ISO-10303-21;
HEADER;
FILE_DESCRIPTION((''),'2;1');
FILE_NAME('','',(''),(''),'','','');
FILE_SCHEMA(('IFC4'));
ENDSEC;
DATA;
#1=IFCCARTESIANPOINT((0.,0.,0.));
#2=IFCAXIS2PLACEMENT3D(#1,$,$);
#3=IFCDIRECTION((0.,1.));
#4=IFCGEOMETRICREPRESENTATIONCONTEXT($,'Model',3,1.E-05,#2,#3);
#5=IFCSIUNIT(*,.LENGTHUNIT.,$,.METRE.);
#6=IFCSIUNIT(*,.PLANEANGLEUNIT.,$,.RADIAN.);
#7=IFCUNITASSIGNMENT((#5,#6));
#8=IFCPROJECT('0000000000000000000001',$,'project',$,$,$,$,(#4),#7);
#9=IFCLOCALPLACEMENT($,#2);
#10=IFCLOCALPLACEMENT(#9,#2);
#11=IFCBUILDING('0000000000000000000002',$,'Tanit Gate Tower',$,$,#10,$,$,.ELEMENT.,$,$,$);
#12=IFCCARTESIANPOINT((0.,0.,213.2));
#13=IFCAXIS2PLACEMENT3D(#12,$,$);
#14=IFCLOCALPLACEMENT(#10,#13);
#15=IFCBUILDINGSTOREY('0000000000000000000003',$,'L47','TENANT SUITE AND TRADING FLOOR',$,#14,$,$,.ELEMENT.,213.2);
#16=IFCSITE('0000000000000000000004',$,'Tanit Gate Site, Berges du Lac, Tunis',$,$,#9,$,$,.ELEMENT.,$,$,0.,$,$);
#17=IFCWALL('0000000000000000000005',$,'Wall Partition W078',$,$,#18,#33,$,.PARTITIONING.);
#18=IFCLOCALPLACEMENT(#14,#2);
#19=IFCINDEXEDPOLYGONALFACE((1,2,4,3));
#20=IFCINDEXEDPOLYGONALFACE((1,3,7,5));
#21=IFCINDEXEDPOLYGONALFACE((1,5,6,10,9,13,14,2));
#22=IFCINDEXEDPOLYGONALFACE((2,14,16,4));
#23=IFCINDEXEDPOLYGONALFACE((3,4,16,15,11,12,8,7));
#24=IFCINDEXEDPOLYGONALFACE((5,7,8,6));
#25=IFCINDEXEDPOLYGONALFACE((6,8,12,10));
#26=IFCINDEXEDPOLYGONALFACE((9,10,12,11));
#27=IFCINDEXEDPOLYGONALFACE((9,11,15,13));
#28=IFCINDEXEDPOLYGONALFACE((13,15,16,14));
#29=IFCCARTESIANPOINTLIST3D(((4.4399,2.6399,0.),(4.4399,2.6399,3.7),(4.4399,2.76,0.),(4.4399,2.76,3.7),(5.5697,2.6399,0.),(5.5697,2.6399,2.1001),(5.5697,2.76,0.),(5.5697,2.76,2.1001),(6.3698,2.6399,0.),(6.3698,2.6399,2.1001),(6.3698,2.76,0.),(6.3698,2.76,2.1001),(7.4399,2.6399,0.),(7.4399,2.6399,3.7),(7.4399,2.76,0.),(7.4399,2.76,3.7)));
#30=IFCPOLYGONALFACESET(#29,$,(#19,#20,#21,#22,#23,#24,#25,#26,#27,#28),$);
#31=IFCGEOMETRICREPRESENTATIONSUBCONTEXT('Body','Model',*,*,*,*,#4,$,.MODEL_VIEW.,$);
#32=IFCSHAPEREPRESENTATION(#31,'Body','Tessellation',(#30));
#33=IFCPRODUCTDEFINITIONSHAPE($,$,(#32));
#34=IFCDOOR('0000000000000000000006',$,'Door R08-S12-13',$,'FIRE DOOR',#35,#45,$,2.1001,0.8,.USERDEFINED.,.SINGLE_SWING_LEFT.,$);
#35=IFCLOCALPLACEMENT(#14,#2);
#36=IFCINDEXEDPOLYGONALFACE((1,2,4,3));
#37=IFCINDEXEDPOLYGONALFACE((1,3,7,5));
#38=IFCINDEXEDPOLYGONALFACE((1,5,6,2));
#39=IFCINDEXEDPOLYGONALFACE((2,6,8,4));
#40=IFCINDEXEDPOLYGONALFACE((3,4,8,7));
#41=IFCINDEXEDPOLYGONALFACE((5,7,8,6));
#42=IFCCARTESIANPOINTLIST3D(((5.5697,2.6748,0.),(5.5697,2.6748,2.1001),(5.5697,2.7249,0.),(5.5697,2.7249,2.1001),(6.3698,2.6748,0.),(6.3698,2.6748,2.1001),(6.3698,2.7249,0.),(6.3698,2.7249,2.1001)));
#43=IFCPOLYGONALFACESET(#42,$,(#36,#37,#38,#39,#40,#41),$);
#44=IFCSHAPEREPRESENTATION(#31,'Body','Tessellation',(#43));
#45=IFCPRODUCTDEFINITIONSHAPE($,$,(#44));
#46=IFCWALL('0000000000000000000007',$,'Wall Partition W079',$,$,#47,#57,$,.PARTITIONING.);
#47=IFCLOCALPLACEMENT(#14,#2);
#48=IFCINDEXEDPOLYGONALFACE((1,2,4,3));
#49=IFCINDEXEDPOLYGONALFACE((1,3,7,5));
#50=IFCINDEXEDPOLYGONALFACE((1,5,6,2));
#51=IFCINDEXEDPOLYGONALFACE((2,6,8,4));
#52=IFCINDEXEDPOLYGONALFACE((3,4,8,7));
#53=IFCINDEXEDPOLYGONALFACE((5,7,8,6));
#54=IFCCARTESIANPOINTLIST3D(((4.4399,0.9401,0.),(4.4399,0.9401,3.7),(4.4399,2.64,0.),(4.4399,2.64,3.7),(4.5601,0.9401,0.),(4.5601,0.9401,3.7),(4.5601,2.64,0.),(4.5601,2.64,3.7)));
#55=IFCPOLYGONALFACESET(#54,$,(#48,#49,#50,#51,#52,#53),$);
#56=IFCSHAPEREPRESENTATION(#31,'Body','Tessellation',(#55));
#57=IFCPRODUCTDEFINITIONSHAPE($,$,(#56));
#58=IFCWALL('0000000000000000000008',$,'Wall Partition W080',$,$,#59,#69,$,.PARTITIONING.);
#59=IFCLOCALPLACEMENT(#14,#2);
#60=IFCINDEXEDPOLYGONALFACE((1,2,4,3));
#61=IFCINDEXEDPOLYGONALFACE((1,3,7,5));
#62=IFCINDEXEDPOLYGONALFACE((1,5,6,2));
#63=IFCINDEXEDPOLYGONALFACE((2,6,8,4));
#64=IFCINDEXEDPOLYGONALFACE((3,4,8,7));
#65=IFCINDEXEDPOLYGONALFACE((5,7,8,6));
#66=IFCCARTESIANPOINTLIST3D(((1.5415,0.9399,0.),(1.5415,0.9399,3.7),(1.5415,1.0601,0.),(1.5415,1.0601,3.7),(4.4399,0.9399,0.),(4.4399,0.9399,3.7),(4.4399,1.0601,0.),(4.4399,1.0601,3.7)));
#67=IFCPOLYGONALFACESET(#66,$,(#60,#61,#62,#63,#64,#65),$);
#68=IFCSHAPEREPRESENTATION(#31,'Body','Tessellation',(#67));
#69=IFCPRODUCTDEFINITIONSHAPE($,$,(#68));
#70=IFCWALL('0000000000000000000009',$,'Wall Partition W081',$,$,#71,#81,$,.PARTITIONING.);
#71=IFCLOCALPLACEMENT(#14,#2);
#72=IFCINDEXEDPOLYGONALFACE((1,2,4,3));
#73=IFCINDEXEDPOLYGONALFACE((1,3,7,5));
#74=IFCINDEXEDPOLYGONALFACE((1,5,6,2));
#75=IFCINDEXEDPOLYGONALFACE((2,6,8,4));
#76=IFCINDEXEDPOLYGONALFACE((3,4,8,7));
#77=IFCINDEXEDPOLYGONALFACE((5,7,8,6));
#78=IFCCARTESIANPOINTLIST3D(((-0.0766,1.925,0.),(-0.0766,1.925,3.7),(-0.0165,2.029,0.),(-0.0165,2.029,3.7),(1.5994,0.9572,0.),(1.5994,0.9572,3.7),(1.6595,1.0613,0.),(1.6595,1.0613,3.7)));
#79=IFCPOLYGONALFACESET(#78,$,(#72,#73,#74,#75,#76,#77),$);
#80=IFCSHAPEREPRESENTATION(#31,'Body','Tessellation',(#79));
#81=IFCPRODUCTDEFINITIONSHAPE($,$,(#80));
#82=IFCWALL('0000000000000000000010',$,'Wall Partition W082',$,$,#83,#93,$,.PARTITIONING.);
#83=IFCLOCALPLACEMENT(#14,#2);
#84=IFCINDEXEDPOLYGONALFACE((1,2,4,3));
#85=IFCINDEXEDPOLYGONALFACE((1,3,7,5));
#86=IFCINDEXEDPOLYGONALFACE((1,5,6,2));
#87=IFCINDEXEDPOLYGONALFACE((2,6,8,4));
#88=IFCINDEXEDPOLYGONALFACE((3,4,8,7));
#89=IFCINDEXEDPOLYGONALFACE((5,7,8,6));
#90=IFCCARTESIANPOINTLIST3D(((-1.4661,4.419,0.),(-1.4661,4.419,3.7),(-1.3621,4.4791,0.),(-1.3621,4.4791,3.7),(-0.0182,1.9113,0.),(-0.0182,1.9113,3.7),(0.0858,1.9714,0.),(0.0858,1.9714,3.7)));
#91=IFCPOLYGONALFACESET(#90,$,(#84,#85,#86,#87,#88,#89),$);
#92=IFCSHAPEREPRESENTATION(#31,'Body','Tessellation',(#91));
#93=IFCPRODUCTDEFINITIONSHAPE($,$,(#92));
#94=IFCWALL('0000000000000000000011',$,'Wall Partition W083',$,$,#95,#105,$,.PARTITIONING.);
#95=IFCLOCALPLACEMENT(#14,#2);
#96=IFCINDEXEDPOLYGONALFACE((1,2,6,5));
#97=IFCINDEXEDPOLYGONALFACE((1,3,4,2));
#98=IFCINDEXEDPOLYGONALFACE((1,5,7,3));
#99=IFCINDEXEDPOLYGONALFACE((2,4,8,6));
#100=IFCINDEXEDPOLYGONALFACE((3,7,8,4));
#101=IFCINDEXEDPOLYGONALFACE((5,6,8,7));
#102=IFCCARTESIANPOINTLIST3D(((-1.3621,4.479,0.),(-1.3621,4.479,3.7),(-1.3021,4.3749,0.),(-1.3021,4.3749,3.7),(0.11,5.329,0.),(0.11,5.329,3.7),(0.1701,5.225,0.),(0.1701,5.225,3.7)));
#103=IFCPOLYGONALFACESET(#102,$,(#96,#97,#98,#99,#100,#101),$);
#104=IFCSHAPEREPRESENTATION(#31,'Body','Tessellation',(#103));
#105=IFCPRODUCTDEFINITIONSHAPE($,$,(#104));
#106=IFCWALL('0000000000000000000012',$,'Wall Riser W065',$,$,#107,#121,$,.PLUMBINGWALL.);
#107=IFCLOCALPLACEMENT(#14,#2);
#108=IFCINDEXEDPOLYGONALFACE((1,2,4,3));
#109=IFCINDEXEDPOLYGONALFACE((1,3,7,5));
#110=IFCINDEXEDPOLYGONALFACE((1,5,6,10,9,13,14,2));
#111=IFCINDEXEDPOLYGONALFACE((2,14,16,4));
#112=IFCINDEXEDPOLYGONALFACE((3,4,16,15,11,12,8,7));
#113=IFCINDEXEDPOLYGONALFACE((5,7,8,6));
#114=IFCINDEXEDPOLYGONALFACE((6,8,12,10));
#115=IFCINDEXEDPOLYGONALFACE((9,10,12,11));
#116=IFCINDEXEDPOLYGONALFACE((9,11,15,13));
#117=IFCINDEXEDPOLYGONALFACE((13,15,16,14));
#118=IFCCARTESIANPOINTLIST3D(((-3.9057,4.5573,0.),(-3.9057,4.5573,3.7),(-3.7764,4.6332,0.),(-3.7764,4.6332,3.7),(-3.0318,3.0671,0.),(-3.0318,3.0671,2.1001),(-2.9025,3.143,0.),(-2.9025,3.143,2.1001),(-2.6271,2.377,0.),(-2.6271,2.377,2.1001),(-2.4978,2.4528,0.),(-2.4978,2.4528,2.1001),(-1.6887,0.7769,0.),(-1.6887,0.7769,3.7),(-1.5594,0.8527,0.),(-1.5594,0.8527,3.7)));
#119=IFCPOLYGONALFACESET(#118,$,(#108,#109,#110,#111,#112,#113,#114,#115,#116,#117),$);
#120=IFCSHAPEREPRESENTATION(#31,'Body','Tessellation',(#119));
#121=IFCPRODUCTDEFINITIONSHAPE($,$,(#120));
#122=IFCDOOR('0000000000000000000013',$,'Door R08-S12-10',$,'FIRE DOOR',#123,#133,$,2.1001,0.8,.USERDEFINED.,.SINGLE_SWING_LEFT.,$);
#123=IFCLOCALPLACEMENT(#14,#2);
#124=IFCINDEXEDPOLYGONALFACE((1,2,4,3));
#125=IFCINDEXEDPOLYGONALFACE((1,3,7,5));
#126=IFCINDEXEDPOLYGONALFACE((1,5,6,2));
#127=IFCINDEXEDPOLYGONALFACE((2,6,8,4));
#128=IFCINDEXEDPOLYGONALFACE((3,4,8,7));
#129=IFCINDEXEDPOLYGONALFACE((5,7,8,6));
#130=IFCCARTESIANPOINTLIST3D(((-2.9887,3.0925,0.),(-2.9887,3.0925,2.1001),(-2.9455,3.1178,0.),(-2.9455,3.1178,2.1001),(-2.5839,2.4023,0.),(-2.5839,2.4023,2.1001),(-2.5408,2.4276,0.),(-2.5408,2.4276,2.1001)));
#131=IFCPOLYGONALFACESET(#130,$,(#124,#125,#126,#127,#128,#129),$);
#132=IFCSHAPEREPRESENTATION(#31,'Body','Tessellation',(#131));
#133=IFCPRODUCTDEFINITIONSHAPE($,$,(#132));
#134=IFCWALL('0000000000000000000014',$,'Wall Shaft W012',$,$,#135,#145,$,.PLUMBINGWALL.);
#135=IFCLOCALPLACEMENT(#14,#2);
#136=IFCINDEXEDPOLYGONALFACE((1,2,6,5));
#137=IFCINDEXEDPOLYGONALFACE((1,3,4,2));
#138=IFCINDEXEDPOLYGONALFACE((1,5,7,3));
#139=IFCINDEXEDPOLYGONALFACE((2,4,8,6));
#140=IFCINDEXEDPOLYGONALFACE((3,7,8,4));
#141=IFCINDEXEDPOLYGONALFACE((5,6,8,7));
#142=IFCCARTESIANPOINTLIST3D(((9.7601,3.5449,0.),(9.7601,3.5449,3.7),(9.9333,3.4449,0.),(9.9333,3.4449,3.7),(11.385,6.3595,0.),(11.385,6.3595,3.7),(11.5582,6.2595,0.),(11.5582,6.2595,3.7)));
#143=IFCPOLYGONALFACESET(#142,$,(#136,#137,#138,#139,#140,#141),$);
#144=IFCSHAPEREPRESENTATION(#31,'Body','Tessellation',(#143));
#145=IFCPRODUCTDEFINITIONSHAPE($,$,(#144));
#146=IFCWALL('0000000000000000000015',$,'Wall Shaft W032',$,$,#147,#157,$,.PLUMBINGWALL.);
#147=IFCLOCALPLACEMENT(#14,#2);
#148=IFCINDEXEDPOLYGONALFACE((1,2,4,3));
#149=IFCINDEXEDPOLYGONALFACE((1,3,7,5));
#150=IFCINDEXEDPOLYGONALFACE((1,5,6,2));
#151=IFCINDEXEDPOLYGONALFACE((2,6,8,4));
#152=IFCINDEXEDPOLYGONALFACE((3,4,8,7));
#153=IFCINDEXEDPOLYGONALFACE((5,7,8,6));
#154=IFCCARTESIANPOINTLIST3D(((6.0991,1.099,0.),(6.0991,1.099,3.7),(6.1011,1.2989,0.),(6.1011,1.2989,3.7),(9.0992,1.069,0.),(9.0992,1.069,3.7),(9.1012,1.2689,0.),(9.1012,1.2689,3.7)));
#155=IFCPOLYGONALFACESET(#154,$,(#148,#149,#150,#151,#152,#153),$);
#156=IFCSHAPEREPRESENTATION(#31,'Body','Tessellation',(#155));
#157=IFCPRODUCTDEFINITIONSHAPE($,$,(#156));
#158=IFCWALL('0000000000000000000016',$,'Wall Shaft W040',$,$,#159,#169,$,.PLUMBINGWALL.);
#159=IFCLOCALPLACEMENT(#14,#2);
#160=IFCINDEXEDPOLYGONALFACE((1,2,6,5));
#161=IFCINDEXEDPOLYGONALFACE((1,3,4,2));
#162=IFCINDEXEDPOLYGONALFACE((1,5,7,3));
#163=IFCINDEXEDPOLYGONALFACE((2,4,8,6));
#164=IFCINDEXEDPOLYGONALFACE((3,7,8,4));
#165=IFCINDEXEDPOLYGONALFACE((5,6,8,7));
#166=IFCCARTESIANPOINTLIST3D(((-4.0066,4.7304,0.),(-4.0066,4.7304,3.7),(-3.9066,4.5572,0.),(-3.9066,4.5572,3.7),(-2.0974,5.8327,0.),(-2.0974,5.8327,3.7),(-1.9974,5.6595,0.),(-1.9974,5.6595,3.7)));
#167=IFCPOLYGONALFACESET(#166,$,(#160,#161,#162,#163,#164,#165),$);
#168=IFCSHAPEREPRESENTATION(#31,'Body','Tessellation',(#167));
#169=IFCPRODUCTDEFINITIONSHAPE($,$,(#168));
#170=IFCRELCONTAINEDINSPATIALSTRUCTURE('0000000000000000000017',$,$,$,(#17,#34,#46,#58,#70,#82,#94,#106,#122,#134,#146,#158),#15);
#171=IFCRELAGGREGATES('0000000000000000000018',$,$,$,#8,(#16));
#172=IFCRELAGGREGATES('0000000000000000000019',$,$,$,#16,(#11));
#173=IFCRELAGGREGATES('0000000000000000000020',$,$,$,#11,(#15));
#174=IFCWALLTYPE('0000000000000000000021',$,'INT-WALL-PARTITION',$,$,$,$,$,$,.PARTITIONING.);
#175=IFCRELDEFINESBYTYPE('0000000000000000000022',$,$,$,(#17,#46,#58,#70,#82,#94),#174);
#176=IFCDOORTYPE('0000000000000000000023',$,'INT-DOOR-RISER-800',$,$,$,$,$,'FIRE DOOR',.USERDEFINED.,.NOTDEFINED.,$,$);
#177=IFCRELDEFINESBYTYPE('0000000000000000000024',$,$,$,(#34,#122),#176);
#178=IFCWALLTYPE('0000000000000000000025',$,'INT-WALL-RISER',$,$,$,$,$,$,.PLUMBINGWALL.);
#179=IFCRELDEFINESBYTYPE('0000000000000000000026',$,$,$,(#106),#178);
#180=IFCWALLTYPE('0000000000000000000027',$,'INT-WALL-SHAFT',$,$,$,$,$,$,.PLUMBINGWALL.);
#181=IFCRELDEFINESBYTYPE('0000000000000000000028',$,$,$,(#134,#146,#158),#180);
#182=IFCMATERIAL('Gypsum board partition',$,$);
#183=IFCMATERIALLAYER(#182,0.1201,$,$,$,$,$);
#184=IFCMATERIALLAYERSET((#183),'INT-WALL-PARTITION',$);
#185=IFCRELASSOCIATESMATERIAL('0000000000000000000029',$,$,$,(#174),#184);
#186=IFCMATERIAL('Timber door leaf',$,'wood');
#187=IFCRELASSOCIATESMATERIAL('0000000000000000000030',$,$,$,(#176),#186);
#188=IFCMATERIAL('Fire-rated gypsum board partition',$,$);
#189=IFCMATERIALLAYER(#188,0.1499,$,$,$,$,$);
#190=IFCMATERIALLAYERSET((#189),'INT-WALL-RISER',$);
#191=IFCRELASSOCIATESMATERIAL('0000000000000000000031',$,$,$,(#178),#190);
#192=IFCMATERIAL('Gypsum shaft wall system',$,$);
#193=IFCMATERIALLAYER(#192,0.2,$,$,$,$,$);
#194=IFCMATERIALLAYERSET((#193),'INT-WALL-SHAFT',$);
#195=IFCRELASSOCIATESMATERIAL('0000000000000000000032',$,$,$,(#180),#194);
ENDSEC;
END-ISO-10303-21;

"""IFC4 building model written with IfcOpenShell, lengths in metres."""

from ifc_helpers import new_model, si_unit, direction, frame, frame_2d, origin, place, context, subcontext, project, spatial, rectangle, extrude, material, layer, layer_set, type_object, element, fill, save


model = new_model("IFC4")

# Units and contexts
model_context = context("Model", 3, precision=1e-05, world=origin(), true_north=direction((0.0, 1.0)))
body_context = subcontext(model_context, "Body", "Model", "MODEL_VIEW")
ifc_project = project(units=[si_unit("LENGTHUNIT", "METRE"), si_unit("PLANEANGLEUNIT", "RADIAN")], contexts=[model_context])

# Site, building, storey
site_placement = place(None, origin())
site = spatial("IfcSite", under=ifc_project, at=site_placement, Name="Tanit Gate Site, Berges du Lac, Tunis", CompositionType="ELEMENT", RefElevation=0.0)
building_placement = place(site_placement, origin())
building = spatial("IfcBuilding", under=site, at=building_placement, Name="Tanit Gate Tower", CompositionType="ELEMENT")
storey_placement = place(building_placement, frame((0.0, 0.0, 213.2)))
storey = spatial("IfcBuildingStorey", under=building, at=storey_placement, Name="L47", Description="TENANT SUITE AND TRADING FLOOR", CompositionType="ELEMENT", Elevation=213.2)

# Shared definitions
ifc_material_1 = material(Name="Gypsum board partition")
ifc_layer_1 = layer(ifc_material_1, 0.1201)
ifc_layer_set_1 = layer_set([ifc_layer_1], Name="INT-WALL-PARTITION")
wall_type_1 = type_object("IfcWallType", Name="INT-WALL-PARTITION", PredefinedType="PARTITIONING", material=ifc_layer_set_1)

# Shared definitions
ifc_material_2 = material(Name="Timber door leaf", Category="wood")
door_type_1 = type_object("IfcDoorType", Name="INT-DOOR-RISER-800", ElementType="FIRE DOOR", OperationType="NOTDEFINED", PredefinedType="USERDEFINED", material=ifc_material_2)

# Wall, opening, door
wall_1_placement = place(storey_placement, frame((4.4399, 2.7, 0.0), z_axis=(0.0, 0.0, 1.0), x_axis=(1.0, 0.0, 0.0)))
wall_1 = element("IfcWall", 1, at=wall_1_placement, inside=storey, type_object=wall_type_1, Name="Wall Partition W078", PredefinedType="PARTITIONING", context=body_context, shape_type="SweptSolid", body=[
    extrude(rectangle(XDim=3.0, YDim=0.1201, at=frame_2d((1.5, 0.0))), origin(), (0.0, 0.0, 1.0), 3.7),
])
opening_1_placement = place(wall_1_placement, frame((1.1299, 0.0, 0.0)))
opening_1 = element("IfcOpeningElement", 2, at=opening_1_placement, cuts=wall_1, PredefinedType="OPENING", context=body_context, shape_type="SweptSolid", body=[
    extrude(rectangle(XDim=0.8, YDim=2.1001, at=frame_2d((0.3999, 1.05))), frame((0.0, 0.0701, 0.0), z_axis=(0.0, -1.0, 0.0), x_axis=(1.0, 0.0, 0.0)), (0.0, 0.0, 1.0), 0.1401),
])
door_1_placement = place(opening_1_placement, origin())
door_1 = element("IfcDoor", 3, at=door_1_placement, inside=storey, type_object=door_type_1, Name="Door R08-S12-13", ObjectType="FIRE DOOR", OperationType="SINGLE_SWING_LEFT", OverallHeight=2.1001, OverallWidth=0.8, PredefinedType="USERDEFINED", context=body_context, shape_type="SweptSolid", body=[
    extrude(rectangle(XDim=0.8, YDim=2.1001, at=frame_2d((0.3999, 1.05))), frame((0.0, 0.0249, 0.0), z_axis=(0.0, -1.0, 0.0), x_axis=(1.0, 0.0, 0.0)), (0.0, 0.0, 1.0), 0.05),
])
fill(opening_1, door_1)

# Walls
wall_2_placement = place(storey_placement, frame((4.5, 0.9399, 0.0), z_axis=(0.0, 0.0, 1.0), x_axis=(0.0, 1.0, 0.0)))
element("IfcWall", 4, at=wall_2_placement, inside=storey, type_object=wall_type_1, Name="Wall Partition W079", PredefinedType="PARTITIONING", context=body_context, shape_type="SweptSolid", body=[
    extrude(rectangle(XDim=1.7, YDim=0.1201, at=frame_2d((0.8501, 0.0))), origin(), (0.0, 0.0, 1.0), 3.7),
])
wall_3_placement = place(storey_placement, frame((1.5415, 1.0, 0.0), z_axis=(0.0, 0.0, 1.0), x_axis=(1.0, 0.0, 0.0)))
element("IfcWall", 5, at=wall_3_placement, inside=storey, type_object=wall_type_1, Name="Wall Partition W080", PredefinedType="PARTITIONING", context=body_context, shape_type="SweptSolid", body=[
    extrude(rectangle(XDim=2.8984, YDim=0.1201, at=frame_2d((1.4492, 0.0))), origin(), (0.0, 0.0, 1.0), 3.7),
])
wall_4_placement = place(storey_placement, frame((-0.0466, 1.9771, 0.0), z_axis=(0.0, 0.0, 1.0), x_axis=(0.865999, -0.500046, 0.0)))
element("IfcWall", 6, at=wall_4_placement, inside=storey, type_object=wall_type_1, Name="Wall Partition W081", PredefinedType="PARTITIONING", context=body_context, shape_type="SweptSolid", body=[
    extrude(rectangle(XDim=1.9353, YDim=0.1201, at=frame_2d((0.9678, 0.0))), origin(), (0.0, 0.0, 1.0), 3.7),
])
wall_5_placement = place(storey_placement, frame((-1.4141, 4.449, 0.0), z_axis=(0.0, 0.0, 1.0), x_axis=(0.500029, -0.866009, 0.0)))
element("IfcWall", 7, at=wall_5_placement, inside=storey, type_object=wall_type_1, Name="Wall Partition W082", PredefinedType="PARTITIONING", context=body_context, shape_type="SweptSolid", body=[
    extrude(rectangle(XDim=2.8958, YDim=0.1201, at=frame_2d((1.4478, 0.0))), origin(), (0.0, 0.0, 1.0), 3.7),
])
wall_6_placement = place(storey_placement, frame((0.1401, 5.2771, 0.0), z_axis=(0.0, 0.0, 1.0), x_axis=(-0.865989, -0.500062, 0.0)))
element("IfcWall", 8, at=wall_6_placement, inside=storey, type_object=wall_type_1, Name="Wall Partition W083", PredefinedType="PARTITIONING", context=body_context, shape_type="SweptSolid", body=[
    extrude(rectangle(XDim=1.7, YDim=0.1201, at=frame_2d((0.8501, 0.0))), origin(), (0.0, 0.0, 1.0), 3.7),
])

# Wall, opening, door
ifc_material_3 = material(Name="Fire-rated gypsum board partition")
ifc_layer_2 = layer(ifc_material_3, 0.1499)
ifc_layer_set_2 = layer_set([ifc_layer_2], Name="INT-WALL-RISER")
wall_type_2 = type_object("IfcWallType", Name="INT-WALL-RISER", PredefinedType="PLUMBINGWALL", material=ifc_layer_set_2)
wall_7_placement = place(storey_placement, frame((-1.624, 0.8147, 0.0), z_axis=(0.0, 0.0, 1.0), x_axis=(-0.505868, 0.862611, 0.0)))
wall_7 = element("IfcWall", 9, at=wall_7_placement, inside=storey, type_object=wall_type_2, Name="Wall Riser W065", PredefinedType="PLUMBINGWALL", context=body_context, shape_type="SweptSolid", body=[
    extrude(rectangle(XDim=4.3826, YDim=0.1499, at=frame_2d((2.1914, 0.0))), origin(), (0.0, 0.0, 1.0), 3.7),
])
opening_2_placement = place(wall_7_placement, frame((1.8552, 0.0, 0.0)))
opening_2 = element("IfcOpeningElement", 10, at=opening_2_placement, cuts=wall_7, PredefinedType="OPENING", context=body_context, shape_type="SweptSolid", body=[
    extrude(rectangle(XDim=0.8, YDim=2.1001, at=frame_2d((0.3999, 1.05))), frame((0.0, 0.085, 0.0), z_axis=(0.0, -1.0, 0.0), x_axis=(1.0, 0.0, 0.0)), (0.0, 0.0, 1.0), 0.1699),
])
door_2_placement = place(opening_2_placement, origin())
door_2 = element("IfcDoor", 11, at=door_2_placement, inside=storey, type_object=door_type_1, Name="Door R08-S12-10", ObjectType="FIRE DOOR", OperationType="SINGLE_SWING_LEFT", OverallHeight=2.1001, OverallWidth=0.8, PredefinedType="USERDEFINED", context=body_context, shape_type="SweptSolid", body=[
    extrude(rectangle(XDim=0.8, YDim=2.1001, at=frame_2d((0.3999, 1.05))), frame((0.0, 0.0249, 0.0), z_axis=(0.0, -1.0, 0.0), x_axis=(1.0, 0.0, 0.0)), (0.0, 0.0, 1.0), 0.05),
])
fill(opening_2, door_2)

# Wall
ifc_material_4 = material(Name="Gypsum shaft wall system")
ifc_layer_3 = layer(ifc_material_4, 0.2)
ifc_layer_set_3 = layer_set([ifc_layer_3], Name="INT-WALL-SHAFT")
wall_type_3 = type_object("IfcWallType", Name="INT-WALL-SHAFT", PredefinedType="PLUMBINGWALL", material=ifc_layer_set_3)
wall_8_placement = place(storey_placement, frame((9.8467, 3.4949, 0.0), z_axis=(0.0, 0.0, 1.0), x_axis=(0.499985, 0.866034, 0.0)))
element("IfcWall", 12, at=wall_8_placement, inside=storey, type_object=wall_type_3, Name="Wall Shaft W012", PredefinedType="PLUMBINGWALL", context=body_context, shape_type="SweptSolid", body=[
    extrude(rectangle(XDim=3.25, YDim=0.2, at=frame_2d((1.625, 0.0))), origin(), (0.0, 0.0, 1.0), 3.7),
])

# Walls
wall_9_placement = place(storey_placement, frame((9.1001, 1.1689, 0.0), z_axis=(0.0, 0.0, 1.0), x_axis=(-0.99995, 0.010009, 0.0)))
element("IfcWall", 13, at=wall_9_placement, inside=storey, type_object=wall_type_3, Name="Wall Shaft W032", PredefinedType="PLUMBINGWALL", context=body_context, shape_type="SweptSolid", body=[
    extrude(rectangle(XDim=3.0002, YDim=0.2, at=frame_2d((1.5, 0.0))), origin(), (0.0, 0.0, 1.0), 3.7),
])
wall_10_placement = place(storey_placement, frame((-2.0474, 5.7461, 0.0), z_axis=(0.0, 0.0, 1.0), x_axis=(-0.86602, -0.50001, 0.0)))
element("IfcWall", 14, at=wall_10_placement, inside=storey, type_object=wall_type_3, Name="Wall Shaft W040", PredefinedType="PLUMBINGWALL", context=body_context, shape_type="SweptSolid", body=[
    extrude(rectangle(XDim=2.2046, YDim=0.2, at=frame_2d((1.1023, 0.0))), origin(), (0.0, 0.0, 1.0), 3.7),
])

save(model, "model.ifc")
